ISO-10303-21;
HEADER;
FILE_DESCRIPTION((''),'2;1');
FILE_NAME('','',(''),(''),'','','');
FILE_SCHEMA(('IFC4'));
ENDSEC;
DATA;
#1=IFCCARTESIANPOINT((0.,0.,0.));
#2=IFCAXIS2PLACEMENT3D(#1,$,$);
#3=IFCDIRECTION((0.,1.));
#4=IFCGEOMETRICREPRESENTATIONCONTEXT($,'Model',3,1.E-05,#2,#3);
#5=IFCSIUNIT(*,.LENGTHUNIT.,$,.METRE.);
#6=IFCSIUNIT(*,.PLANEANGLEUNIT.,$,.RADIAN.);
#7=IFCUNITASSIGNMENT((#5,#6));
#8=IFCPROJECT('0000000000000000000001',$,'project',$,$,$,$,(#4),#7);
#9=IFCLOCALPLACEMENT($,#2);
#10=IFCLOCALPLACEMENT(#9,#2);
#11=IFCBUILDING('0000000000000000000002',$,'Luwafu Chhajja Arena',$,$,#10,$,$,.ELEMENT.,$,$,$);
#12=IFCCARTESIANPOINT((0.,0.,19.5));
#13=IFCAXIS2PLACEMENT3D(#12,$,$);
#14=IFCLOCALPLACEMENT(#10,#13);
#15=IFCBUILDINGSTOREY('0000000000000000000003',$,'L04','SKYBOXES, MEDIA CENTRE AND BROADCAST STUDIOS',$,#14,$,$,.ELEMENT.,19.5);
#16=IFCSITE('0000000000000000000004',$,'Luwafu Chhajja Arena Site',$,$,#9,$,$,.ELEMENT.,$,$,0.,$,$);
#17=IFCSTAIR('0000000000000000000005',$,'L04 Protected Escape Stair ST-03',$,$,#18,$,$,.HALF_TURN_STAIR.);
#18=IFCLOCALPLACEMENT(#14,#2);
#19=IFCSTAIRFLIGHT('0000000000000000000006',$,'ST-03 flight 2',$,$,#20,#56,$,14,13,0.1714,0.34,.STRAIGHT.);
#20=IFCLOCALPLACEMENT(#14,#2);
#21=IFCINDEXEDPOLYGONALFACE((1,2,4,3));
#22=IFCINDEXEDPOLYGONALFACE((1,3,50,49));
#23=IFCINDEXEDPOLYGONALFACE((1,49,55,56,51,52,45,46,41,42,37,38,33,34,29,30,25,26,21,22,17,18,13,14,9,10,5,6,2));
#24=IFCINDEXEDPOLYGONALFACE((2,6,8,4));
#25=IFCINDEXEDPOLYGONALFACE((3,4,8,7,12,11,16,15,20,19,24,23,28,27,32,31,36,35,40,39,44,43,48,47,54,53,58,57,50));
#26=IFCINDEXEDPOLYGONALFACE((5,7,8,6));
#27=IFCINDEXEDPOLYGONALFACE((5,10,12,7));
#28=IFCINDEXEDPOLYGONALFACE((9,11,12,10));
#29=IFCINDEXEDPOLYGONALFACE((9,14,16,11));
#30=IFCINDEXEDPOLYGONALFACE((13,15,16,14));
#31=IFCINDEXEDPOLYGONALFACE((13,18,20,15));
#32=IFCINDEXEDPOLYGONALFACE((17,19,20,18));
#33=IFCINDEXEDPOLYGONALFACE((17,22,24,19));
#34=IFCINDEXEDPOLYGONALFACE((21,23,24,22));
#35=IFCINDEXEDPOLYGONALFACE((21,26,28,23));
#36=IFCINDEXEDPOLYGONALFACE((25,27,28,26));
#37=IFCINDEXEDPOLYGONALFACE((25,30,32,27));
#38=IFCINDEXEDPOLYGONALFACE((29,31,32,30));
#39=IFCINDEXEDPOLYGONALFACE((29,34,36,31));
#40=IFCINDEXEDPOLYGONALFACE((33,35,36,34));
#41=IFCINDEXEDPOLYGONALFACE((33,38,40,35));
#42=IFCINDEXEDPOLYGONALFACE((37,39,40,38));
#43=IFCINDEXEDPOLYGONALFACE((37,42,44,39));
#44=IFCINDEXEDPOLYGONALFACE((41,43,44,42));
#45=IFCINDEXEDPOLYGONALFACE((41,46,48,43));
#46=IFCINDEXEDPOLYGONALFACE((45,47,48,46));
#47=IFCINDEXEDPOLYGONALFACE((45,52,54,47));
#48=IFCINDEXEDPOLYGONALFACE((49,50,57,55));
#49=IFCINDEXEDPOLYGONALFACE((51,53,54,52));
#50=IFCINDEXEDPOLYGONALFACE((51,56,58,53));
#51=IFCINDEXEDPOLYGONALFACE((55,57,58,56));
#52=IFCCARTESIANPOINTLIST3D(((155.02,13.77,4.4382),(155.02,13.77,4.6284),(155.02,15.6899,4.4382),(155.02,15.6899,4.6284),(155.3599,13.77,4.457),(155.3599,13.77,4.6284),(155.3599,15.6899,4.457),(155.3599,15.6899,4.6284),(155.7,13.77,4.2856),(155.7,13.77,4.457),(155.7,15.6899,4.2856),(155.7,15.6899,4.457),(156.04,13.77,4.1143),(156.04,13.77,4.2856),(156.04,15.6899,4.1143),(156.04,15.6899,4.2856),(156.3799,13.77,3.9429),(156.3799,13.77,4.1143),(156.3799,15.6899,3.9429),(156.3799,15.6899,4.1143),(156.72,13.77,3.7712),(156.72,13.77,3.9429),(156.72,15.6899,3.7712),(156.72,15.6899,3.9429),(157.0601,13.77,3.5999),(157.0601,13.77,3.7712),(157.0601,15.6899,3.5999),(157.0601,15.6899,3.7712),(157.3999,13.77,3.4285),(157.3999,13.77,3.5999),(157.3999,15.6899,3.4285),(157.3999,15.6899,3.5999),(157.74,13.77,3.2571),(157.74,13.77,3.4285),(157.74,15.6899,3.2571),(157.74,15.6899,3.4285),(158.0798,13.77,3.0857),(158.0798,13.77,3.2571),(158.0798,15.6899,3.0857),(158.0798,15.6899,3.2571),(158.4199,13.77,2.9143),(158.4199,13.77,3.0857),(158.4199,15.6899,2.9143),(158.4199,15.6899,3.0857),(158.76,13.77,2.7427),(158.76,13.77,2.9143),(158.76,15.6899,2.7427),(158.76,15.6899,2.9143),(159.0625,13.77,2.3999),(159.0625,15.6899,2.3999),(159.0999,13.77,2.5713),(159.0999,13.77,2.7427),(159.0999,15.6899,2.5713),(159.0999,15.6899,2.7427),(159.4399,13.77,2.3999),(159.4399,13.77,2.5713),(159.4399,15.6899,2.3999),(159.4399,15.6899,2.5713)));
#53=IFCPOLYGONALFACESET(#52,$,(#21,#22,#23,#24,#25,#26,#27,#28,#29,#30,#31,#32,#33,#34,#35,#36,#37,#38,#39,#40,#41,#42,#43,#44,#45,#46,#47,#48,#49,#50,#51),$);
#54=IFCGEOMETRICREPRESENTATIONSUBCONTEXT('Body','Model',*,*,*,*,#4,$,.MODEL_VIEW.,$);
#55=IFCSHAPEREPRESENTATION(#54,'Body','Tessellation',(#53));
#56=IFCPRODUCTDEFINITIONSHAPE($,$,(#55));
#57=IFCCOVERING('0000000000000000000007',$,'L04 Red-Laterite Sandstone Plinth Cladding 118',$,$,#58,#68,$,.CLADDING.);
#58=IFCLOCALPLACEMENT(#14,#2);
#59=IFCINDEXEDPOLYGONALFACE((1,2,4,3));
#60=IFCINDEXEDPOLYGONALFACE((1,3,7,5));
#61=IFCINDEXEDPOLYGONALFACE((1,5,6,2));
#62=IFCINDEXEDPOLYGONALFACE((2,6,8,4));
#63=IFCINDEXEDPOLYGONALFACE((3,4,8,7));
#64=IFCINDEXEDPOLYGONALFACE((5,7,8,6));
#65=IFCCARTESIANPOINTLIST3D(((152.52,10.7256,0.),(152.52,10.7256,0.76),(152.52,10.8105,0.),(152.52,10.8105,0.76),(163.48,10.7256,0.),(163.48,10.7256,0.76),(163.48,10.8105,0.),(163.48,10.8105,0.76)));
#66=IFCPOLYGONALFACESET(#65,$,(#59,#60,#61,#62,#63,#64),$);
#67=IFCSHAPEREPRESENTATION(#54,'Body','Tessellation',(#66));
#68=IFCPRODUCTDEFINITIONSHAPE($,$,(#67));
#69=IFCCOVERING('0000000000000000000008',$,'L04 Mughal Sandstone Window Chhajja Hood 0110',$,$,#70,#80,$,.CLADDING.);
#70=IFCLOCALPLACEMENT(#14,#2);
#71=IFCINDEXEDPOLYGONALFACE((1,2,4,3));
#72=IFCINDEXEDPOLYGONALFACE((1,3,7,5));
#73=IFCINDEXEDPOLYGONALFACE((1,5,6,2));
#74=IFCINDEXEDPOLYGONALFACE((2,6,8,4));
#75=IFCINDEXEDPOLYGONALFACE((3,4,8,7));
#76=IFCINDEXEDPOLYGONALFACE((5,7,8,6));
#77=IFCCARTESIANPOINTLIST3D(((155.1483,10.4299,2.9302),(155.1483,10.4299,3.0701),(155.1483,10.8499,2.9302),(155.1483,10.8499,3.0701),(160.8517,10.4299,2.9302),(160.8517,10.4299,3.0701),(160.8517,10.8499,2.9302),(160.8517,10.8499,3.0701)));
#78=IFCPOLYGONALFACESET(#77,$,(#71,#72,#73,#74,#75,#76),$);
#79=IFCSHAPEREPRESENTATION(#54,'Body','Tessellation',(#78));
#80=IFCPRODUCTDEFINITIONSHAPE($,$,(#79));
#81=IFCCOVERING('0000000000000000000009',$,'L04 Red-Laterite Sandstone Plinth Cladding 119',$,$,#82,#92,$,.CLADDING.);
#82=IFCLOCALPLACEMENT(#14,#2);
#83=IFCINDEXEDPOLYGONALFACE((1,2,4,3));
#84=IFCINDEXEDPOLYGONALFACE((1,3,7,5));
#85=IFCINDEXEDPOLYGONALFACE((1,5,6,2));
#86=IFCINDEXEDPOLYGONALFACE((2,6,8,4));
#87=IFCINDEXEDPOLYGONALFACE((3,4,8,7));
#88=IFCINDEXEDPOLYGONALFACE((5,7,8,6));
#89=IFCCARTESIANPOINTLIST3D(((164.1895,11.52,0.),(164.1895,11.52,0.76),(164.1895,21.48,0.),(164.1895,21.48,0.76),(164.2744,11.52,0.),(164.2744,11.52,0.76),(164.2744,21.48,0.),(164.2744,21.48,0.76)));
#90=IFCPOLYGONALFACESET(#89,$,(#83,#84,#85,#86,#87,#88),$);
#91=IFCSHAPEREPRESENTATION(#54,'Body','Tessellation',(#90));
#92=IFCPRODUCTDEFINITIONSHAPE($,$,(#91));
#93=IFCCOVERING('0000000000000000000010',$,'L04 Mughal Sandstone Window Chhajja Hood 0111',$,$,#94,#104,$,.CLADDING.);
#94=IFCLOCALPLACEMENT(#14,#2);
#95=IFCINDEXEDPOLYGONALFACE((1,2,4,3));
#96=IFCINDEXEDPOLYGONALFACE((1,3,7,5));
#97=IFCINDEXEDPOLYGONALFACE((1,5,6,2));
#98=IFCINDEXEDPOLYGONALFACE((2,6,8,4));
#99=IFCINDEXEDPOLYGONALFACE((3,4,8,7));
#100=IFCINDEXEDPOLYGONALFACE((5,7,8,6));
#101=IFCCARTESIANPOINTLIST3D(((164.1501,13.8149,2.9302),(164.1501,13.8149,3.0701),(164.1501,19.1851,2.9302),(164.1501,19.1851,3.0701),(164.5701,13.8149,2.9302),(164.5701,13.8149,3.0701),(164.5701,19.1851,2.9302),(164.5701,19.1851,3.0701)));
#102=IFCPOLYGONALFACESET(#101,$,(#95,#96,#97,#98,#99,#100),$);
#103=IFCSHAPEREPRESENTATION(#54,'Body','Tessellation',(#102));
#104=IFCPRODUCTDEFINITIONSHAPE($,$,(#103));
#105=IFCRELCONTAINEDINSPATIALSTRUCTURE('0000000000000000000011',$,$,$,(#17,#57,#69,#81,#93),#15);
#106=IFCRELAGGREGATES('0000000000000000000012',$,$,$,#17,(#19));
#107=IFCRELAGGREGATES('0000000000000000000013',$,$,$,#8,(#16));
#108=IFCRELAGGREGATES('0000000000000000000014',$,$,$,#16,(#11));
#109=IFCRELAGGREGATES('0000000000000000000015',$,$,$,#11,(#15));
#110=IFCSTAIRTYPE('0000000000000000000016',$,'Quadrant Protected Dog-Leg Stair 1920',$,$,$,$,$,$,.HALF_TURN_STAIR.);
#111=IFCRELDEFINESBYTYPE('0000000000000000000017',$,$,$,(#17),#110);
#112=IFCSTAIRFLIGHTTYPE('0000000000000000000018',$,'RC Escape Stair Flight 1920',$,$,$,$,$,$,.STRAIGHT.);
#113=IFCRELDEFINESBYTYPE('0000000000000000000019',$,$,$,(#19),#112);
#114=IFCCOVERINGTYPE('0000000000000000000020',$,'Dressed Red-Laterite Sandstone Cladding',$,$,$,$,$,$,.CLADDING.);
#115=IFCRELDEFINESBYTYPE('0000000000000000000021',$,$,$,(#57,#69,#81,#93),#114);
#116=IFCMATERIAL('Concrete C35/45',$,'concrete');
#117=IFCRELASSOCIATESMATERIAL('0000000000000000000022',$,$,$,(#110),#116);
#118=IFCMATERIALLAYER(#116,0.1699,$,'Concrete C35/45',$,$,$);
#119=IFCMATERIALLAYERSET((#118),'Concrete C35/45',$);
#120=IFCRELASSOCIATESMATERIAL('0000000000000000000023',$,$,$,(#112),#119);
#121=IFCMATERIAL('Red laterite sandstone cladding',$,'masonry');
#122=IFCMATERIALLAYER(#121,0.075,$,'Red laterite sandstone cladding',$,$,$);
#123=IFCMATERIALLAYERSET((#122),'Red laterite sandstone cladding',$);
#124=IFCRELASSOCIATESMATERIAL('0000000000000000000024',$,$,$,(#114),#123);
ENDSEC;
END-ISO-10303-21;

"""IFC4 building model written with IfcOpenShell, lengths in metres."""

from ifc_helpers import new_model, si_unit, direction, frame, origin, origin_2d, place, context, subcontext, project, spatial, polyline, rectangle, outline, extrude, material, layer, layer_set, type_object, element, aggregate, save


model = new_model("IFC4")

# Units and contexts
model_context = context("Model", 3, precision=1e-05, world=origin(), true_north=direction((0.0, 1.0)))
body_context = subcontext(model_context, "Body", "Model", "MODEL_VIEW")
ifc_project = project(units=[si_unit("LENGTHUNIT", "METRE"), si_unit("PLANEANGLEUNIT", "RADIAN")], contexts=[model_context])

# Site, building, storey
site_placement = place(None, origin())
site = spatial("IfcSite", under=ifc_project, at=site_placement, Name="Luwafu Chhajja Arena Site", CompositionType="ELEMENT", RefElevation=0.0)
building_placement = place(site_placement, origin())
building = spatial("IfcBuilding", under=site, at=building_placement, Name="Luwafu Chhajja Arena", CompositionType="ELEMENT")
storey_placement = place(building_placement, frame((0.0, 0.0, 19.5)))
storey = spatial("IfcBuildingStorey", under=building, at=storey_placement, Name="L04", Description="SKYBOXES, MEDIA CENTRE AND BROADCAST STUDIOS", CompositionType="ELEMENT", Elevation=19.5)

# Stair, stair flight
ifc_material_1 = material(Name="Concrete C35/45", Category="concrete")
stair_type = type_object("IfcStairType", Name="Quadrant Protected Dog-Leg Stair 1920", PredefinedType="HALF_TURN_STAIR", material=ifc_material_1)
stair_placement = place(storey_placement, origin())
stair = element("IfcStair", 1, at=stair_placement, inside=storey, type_object=stair_type, Name="L04 Protected Escape Stair ST-03", PredefinedType="HALF_TURN_STAIR")
ifc_layer_1 = layer(ifc_material_1, 0.1699, Name="Concrete C35/45")
ifc_layer_set_1 = layer_set([ifc_layer_1], Name="Concrete C35/45")
stair_flight_type = type_object("IfcStairFlightType", Name="RC Escape Stair Flight 1920", PredefinedType="STRAIGHT", material=ifc_layer_set_1)
stair_flight_1_placement = place(storey_placement, frame((159.4399, 14.73, 2.3999), z_axis=(0.0, 0.0, 1.0), x_axis=(-1.0, 0.0, 0.0)))
stair_flight_1 = element("IfcStairFlight", 2, at=stair_flight_1_placement, type_object=stair_flight_type, Name="ST-03 flight 2", NumberOfRisers=14, NumberOfTreads=13, PredefinedType="STRAIGHT", RiserHeight=0.1714, TreadLength=0.34, context=body_context, shape_type="SweptSolid", body=[
    extrude(outline(polyline([(0.0, 0.0), (0.0, 0.1714), (0.3401, 0.1714), (0.3401, 0.3428), (0.6799, 0.3428), (0.6799, 0.5144), (1.02, 0.5144), (1.02, 0.6858), (1.3601, 0.6858), (1.3601, 0.8572), (1.7, 0.8572), (1.7, 1.0286), (2.04, 1.0286), (2.04, 1.2), (2.3799, 1.2), (2.3799, 1.3713), (2.72, 1.3713), (2.72, 1.543), (3.0601, 1.543), (3.0601, 1.7144), (3.3999, 1.7144), (3.3999, 1.8857), (3.74, 1.8857), (3.74, 2.0571), (4.0801, 2.0571), (4.0801, 2.2285), (4.4199, 2.2285), (4.4199, 2.3999), (4.4199, 2.0383), (0.3774, 0.0), (0.0, 0.0)])), frame((0.0, 0.96, 0.0), z_axis=(0.0, -1.0, 0.0), x_axis=(1.0, 0.0, 0.0)), (0.0, 0.0, 1.0), 1.9199),
])
aggregate(stair, [stair_flight_1])

# Coverings
ifc_material_2 = material(Name="Red laterite sandstone cladding", Category="masonry")
ifc_layer_2 = layer(ifc_material_2, 0.075, Name="Red laterite sandstone cladding")
ifc_layer_set_2 = layer_set([ifc_layer_2], Name="Red laterite sandstone cladding")
covering_type = type_object("IfcCoveringType", Name="Dressed Red-Laterite Sandstone Cladding", PredefinedType="CLADDING", material=ifc_layer_set_2)
covering_1_placement = place(storey_placement, frame((158.0, 10.7681, 0.0), z_axis=(0.0, 0.0, 1.0), x_axis=(1.0, 0.0, 0.0)))
element("IfcCovering", 3, at=covering_1_placement, inside=storey, type_object=covering_type, Name="L04 Red-Laterite Sandstone Plinth Cladding 118", PredefinedType="CLADDING", context=body_context, shape_type="SweptSolid", body=[
    extrude(rectangle(XDim=10.96, YDim=0.085, at=origin_2d()), origin(), (0.0, 0.0, 1.0), 0.76),
])
covering_2_placement = place(storey_placement, frame((158.0, 10.6399, 2.9302), z_axis=(0.0, 0.0, 1.0), x_axis=(1.0, 0.0, 0.0)))
element("IfcCovering", 4, at=covering_2_placement, inside=storey, type_object=covering_type, Name="L04 Mughal Sandstone Window Chhajja Hood 0110", PredefinedType="CLADDING", context=body_context, shape_type="SweptSolid", body=[
    extrude(rectangle(XDim=5.7034, YDim=0.4199, at=origin_2d()), origin(), (0.0, 0.0, 1.0), 0.1399),
])
covering_3_placement = place(storey_placement, frame((164.2319, 16.5, 0.0), z_axis=(0.0, 0.0, 1.0), x_axis=(0.0, 1.0, 0.0)))
element("IfcCovering", 5, at=covering_3_placement, inside=storey, type_object=covering_type, Name="L04 Red-Laterite Sandstone Plinth Cladding 119", PredefinedType="CLADDING", context=body_context, shape_type="SweptSolid", body=[
    extrude(rectangle(XDim=9.96, YDim=0.085, at=origin_2d()), origin(), (0.0, 0.0, 1.0), 0.76),
])
covering_4_placement = place(storey_placement, frame((164.3601, 16.5, 2.9302), z_axis=(0.0, 0.0, 1.0), x_axis=(0.0, 1.0, 0.0)))
element("IfcCovering", 6, at=covering_4_placement, inside=storey, type_object=covering_type, Name="L04 Mughal Sandstone Window Chhajja Hood 0111", PredefinedType="CLADDING", context=body_context, shape_type="SweptSolid", body=[
    extrude(rectangle(XDim=5.3701, YDim=0.4199, at=origin_2d()), origin(), (0.0, 0.0, 1.0), 0.1399),
])

save(model, "model.ifc")
